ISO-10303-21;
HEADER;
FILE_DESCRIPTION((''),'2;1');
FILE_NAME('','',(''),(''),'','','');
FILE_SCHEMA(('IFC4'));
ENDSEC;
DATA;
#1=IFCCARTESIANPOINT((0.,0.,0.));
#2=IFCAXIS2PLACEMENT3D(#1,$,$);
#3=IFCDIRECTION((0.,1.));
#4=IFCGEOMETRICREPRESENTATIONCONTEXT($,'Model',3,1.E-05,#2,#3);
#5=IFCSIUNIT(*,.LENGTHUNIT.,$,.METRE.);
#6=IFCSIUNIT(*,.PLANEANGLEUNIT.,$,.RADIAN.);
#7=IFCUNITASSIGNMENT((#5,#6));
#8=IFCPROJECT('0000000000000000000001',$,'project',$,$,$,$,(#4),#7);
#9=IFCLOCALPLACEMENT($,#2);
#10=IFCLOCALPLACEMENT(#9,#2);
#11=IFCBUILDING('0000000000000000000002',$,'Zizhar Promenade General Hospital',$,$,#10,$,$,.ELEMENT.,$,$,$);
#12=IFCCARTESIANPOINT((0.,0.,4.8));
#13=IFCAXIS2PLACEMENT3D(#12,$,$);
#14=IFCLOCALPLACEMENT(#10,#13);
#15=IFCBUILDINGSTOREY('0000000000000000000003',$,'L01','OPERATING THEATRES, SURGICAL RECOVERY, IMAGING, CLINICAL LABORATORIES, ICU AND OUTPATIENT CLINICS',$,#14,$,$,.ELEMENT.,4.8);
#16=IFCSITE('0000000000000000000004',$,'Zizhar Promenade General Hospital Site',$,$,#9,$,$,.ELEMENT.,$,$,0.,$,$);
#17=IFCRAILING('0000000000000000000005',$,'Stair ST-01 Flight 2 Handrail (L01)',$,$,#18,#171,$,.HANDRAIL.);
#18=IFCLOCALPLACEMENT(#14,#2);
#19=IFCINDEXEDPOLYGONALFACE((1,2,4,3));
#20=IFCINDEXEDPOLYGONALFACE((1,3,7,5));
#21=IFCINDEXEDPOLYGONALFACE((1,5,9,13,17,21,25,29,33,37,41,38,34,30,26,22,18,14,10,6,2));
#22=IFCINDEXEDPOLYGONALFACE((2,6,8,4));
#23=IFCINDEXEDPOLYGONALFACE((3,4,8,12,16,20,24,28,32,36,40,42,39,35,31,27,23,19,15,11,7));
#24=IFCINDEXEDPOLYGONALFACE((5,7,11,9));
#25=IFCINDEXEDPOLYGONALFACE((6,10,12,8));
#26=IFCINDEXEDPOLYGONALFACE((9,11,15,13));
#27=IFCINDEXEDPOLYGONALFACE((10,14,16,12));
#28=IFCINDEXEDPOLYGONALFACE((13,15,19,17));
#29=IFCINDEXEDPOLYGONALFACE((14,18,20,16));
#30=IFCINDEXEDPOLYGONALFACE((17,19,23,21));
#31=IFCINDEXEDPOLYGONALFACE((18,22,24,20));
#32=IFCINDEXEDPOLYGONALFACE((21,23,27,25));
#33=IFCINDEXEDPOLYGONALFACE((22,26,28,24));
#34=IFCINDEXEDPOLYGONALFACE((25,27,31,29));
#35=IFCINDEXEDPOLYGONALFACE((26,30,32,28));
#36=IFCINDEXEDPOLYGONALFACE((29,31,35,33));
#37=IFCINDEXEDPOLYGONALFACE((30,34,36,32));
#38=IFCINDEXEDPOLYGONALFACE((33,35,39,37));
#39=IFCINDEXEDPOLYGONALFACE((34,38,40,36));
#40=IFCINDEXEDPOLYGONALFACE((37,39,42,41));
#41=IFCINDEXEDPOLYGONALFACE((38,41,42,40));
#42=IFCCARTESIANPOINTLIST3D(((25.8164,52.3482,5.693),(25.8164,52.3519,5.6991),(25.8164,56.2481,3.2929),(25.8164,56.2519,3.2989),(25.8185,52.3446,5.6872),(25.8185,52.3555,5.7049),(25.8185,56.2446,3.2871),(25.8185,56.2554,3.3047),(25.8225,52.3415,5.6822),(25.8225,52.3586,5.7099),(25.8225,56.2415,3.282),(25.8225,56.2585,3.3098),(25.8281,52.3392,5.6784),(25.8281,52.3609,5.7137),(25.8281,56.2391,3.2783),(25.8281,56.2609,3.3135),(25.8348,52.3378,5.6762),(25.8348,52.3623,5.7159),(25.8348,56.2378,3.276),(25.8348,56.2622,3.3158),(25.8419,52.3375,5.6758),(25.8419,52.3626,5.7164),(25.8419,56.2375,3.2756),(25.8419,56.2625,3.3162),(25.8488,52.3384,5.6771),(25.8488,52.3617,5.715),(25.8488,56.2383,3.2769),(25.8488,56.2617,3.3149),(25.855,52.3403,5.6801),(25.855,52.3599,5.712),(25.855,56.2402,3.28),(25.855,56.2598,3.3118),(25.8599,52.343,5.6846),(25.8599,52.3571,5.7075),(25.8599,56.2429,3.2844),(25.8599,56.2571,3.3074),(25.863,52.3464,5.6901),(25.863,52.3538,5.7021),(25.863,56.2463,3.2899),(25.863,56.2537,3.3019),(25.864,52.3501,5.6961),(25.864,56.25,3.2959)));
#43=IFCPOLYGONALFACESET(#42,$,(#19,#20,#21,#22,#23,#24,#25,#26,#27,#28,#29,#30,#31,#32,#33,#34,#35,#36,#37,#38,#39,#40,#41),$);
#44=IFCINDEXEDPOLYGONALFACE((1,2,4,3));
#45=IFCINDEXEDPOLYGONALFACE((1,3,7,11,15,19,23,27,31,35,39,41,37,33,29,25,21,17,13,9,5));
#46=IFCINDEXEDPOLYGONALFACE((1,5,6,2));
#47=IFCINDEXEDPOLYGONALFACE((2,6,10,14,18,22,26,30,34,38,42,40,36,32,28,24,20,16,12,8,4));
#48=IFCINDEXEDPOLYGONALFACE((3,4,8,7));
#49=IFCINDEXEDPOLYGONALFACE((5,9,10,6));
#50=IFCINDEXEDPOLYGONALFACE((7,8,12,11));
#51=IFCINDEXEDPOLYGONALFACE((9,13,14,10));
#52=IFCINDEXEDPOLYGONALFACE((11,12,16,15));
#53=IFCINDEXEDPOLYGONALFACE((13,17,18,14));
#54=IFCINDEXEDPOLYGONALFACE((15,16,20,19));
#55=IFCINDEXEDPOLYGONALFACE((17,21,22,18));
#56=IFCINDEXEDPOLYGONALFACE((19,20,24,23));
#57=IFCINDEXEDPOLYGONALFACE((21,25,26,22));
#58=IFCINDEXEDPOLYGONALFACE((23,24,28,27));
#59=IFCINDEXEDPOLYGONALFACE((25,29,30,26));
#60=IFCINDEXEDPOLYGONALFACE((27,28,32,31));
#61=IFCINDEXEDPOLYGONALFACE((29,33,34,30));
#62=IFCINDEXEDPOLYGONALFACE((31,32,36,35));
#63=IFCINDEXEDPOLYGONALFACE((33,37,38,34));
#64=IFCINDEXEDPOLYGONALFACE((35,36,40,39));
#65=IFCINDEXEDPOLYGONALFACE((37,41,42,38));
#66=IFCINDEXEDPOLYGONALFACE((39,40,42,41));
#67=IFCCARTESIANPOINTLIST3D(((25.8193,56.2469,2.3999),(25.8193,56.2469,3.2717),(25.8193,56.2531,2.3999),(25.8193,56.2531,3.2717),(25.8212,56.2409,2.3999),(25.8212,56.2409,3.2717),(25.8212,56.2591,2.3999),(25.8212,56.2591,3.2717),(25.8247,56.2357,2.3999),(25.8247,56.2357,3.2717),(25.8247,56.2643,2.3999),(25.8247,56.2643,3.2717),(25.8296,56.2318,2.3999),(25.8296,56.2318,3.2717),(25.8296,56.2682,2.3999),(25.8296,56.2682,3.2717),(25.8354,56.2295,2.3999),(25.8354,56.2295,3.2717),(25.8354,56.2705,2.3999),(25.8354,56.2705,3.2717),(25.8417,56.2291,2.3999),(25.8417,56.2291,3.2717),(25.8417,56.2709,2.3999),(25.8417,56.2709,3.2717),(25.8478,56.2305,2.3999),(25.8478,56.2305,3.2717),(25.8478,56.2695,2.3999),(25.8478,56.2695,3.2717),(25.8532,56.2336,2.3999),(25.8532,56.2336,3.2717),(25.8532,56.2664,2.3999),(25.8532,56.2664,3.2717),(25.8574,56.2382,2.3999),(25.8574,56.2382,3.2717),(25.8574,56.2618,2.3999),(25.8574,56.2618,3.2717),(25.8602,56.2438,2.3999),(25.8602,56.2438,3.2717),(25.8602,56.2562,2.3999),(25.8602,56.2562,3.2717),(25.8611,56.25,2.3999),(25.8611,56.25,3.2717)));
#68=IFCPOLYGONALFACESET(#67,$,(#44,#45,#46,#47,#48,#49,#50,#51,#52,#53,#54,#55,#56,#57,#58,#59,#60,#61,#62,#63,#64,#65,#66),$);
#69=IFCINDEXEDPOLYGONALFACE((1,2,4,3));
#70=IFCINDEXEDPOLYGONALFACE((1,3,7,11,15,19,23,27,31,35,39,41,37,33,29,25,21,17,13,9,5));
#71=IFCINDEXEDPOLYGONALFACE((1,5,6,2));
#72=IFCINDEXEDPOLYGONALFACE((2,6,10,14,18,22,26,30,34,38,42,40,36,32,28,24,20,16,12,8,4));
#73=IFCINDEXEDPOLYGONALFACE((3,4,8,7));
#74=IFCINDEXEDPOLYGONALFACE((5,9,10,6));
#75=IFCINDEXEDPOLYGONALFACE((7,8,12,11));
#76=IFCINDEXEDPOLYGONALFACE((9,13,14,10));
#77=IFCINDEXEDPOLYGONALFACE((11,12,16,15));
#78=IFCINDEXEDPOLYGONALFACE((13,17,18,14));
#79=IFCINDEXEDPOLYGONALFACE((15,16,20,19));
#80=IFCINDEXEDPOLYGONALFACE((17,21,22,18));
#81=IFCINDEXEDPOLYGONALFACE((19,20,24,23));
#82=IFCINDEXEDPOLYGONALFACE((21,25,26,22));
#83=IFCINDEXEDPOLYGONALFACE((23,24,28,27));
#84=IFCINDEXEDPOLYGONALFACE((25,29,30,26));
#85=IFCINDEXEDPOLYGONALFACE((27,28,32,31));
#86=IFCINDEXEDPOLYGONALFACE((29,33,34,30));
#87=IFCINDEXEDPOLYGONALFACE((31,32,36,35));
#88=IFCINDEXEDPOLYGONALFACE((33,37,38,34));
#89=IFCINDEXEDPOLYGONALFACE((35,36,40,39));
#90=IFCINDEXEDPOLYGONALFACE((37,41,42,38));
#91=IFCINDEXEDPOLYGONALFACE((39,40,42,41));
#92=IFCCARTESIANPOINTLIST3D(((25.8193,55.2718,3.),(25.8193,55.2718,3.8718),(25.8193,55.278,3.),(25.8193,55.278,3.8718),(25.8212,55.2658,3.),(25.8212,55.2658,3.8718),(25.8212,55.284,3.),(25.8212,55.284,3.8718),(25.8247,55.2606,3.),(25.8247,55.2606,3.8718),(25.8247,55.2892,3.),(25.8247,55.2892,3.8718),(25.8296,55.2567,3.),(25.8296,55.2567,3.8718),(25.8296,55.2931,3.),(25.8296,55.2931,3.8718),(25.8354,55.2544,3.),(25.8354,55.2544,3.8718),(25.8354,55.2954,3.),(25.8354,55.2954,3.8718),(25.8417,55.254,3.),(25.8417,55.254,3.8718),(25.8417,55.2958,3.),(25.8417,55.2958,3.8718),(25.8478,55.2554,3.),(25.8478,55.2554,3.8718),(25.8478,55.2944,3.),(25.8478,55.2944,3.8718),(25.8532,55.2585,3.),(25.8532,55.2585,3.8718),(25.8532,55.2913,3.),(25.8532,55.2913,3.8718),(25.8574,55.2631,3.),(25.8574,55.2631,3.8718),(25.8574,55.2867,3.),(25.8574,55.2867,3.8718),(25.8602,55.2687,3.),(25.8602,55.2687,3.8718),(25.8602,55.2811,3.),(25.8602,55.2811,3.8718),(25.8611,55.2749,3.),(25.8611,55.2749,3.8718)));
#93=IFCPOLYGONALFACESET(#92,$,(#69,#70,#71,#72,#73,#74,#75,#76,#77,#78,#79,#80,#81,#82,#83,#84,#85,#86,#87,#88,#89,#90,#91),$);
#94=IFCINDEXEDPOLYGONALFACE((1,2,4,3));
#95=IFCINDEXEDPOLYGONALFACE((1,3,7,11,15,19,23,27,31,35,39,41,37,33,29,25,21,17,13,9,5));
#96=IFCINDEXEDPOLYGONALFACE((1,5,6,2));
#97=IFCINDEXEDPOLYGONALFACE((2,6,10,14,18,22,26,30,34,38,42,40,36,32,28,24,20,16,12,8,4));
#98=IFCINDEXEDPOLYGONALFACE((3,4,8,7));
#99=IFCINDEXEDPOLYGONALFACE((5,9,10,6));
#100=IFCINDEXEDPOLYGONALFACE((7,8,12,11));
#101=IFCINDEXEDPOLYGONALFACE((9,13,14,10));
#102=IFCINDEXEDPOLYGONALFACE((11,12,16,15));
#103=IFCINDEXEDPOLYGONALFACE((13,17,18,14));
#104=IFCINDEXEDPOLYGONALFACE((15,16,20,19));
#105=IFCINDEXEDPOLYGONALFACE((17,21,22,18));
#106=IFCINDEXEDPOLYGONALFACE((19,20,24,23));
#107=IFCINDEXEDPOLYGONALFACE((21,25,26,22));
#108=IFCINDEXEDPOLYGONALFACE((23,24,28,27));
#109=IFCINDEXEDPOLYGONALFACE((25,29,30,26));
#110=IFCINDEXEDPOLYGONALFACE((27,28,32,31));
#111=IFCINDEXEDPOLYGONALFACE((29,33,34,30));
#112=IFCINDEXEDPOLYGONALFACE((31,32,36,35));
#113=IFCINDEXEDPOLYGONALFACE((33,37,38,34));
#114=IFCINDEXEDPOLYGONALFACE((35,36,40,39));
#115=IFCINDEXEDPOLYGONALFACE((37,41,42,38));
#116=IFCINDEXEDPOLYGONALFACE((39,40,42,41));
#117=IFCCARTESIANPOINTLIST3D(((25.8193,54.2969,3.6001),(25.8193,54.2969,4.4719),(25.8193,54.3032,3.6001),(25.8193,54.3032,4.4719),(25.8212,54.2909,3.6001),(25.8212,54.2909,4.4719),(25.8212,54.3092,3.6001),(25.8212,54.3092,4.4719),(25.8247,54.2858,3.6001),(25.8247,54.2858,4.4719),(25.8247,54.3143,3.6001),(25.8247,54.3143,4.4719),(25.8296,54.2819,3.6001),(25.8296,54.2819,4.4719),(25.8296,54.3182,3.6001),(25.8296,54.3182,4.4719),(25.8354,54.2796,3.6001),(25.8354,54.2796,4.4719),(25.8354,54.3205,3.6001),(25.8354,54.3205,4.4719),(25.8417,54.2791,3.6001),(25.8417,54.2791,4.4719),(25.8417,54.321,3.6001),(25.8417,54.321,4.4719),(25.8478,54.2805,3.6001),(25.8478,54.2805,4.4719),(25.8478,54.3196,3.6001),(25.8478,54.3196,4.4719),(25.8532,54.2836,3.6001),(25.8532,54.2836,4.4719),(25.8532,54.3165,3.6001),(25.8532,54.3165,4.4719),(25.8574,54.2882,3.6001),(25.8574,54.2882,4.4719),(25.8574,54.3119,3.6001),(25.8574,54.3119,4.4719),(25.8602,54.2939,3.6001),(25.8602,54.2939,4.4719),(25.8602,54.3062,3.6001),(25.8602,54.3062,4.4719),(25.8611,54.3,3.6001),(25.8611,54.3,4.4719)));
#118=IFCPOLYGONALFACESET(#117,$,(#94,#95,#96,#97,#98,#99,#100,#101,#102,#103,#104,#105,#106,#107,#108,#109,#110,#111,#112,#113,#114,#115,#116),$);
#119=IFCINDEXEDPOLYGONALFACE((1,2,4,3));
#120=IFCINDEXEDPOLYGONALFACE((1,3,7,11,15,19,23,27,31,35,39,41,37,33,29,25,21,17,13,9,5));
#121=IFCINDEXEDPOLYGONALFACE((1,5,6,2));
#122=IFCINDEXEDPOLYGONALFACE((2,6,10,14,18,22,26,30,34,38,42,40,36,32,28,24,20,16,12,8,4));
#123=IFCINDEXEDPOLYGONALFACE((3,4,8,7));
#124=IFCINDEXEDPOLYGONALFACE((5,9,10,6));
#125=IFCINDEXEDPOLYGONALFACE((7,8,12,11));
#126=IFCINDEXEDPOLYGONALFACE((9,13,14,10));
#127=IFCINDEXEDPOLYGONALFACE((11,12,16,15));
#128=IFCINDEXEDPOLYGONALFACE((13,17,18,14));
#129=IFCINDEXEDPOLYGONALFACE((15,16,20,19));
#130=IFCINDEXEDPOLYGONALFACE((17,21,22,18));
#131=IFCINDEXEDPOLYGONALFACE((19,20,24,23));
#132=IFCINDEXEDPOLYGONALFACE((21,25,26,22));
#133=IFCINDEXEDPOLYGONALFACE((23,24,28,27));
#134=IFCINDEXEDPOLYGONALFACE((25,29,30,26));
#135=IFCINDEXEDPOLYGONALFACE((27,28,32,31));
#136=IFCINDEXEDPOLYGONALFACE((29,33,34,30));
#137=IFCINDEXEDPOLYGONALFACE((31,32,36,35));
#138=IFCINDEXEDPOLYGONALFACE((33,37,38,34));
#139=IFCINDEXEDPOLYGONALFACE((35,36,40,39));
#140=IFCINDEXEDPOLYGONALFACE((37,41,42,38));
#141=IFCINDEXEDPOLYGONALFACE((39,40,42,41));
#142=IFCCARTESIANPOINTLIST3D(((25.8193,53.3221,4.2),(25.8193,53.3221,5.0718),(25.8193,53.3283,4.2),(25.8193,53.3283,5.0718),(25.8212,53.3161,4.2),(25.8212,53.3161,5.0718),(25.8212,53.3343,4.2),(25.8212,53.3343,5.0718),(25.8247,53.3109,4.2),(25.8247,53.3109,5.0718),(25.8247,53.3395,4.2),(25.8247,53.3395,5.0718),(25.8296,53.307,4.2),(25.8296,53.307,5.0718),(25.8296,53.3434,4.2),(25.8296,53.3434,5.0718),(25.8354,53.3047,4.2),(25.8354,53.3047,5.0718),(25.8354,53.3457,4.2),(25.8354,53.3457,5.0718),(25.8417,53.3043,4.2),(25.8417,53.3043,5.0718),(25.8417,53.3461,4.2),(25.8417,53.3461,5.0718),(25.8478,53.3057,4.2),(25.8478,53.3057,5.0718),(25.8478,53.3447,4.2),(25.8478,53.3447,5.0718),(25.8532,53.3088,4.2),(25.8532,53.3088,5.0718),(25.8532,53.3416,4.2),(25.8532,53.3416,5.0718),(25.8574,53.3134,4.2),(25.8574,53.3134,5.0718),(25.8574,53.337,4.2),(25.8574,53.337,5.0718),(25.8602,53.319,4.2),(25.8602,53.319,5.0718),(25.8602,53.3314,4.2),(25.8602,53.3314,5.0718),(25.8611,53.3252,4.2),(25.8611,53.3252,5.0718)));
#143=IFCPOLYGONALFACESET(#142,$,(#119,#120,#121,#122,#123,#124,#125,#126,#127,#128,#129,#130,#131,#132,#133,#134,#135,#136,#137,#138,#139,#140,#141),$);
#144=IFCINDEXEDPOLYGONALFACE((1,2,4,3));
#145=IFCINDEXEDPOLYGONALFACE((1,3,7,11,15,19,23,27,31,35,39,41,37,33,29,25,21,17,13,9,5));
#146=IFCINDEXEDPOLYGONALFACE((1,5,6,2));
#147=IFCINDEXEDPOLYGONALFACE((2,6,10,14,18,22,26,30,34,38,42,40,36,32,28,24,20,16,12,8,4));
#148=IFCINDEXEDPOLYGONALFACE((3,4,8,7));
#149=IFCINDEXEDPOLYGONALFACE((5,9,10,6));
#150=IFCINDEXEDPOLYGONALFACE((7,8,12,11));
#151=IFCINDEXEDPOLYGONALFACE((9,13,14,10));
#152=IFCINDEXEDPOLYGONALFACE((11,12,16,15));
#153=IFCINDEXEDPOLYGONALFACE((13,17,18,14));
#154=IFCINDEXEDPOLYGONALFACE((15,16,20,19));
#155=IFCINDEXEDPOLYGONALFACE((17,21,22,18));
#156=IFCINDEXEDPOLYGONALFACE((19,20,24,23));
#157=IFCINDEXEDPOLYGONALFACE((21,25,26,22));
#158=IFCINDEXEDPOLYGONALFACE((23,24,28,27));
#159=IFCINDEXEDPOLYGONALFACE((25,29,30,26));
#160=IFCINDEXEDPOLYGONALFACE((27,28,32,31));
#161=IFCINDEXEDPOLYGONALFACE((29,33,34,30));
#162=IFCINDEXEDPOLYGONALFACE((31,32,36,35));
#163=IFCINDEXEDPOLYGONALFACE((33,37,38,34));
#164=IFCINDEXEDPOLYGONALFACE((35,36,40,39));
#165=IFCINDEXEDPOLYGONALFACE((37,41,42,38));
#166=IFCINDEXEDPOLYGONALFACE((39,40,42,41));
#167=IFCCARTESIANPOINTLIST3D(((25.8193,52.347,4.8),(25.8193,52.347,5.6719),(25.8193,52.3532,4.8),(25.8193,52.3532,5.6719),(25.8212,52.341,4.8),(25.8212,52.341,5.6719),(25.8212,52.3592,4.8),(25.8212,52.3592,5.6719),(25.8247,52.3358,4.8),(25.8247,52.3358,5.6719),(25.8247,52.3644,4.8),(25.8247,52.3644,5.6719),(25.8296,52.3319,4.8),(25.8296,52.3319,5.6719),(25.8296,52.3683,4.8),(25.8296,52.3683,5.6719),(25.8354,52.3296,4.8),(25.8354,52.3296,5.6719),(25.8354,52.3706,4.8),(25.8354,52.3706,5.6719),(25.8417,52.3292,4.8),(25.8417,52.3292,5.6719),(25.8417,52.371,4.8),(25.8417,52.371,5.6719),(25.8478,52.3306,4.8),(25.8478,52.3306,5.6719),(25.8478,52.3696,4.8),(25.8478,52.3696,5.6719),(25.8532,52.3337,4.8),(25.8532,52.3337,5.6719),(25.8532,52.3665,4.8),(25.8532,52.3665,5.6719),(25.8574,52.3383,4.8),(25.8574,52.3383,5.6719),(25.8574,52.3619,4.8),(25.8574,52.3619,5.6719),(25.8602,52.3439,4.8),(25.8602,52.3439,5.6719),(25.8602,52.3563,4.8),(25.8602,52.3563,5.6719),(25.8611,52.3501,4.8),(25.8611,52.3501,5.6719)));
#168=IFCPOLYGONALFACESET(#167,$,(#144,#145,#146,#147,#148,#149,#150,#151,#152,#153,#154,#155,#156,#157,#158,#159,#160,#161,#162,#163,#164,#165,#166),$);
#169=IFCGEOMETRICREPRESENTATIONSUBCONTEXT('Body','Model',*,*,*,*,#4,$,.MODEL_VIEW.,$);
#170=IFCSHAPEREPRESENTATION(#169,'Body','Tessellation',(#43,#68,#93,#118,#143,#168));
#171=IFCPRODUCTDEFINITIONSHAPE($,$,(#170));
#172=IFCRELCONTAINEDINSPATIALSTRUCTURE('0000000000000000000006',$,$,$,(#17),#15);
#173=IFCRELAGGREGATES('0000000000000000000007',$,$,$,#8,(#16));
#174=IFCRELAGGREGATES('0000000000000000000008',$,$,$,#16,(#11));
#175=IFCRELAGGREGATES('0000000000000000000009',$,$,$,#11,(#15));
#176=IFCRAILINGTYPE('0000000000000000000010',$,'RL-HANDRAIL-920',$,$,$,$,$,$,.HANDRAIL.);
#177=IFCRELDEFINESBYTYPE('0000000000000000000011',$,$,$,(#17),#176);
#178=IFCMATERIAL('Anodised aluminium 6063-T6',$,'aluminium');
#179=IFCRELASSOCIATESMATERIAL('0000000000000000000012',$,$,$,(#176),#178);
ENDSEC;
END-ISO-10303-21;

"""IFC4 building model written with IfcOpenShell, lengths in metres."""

from ifc_helpers import new_model, si_unit, direction, frame, origin, origin_2d, place, context, subcontext, project, spatial, circle, hollow_circle, extrude, material, material_profile, profile_set, type_object, element, save


model = new_model("IFC4")

# Units and contexts
model_context = context("Model", 3, precision=1e-05, world=origin(), true_north=direction((0.0, 1.0)))
body_context = subcontext(model_context, "Body", "Model", "MODEL_VIEW")
ifc_project = project(units=[si_unit("LENGTHUNIT", "METRE"), si_unit("PLANEANGLEUNIT", "RADIAN")], contexts=[model_context])

# Site, building, storey
site_placement = place(None, origin())
site = spatial("IfcSite", under=ifc_project, at=site_placement, Name="Zizhar Promenade General Hospital Site", CompositionType="ELEMENT", RefElevation=0.0)
building_placement = place(site_placement, origin())
building = spatial("IfcBuilding", under=site, at=building_placement, Name="Zizhar Promenade General Hospital", CompositionType="ELEMENT")
storey_placement = place(building_placement, frame((0.0, 0.0, 4.8)))
storey = spatial("IfcBuildingStorey", under=building, at=storey_placement, Name="L01", Description="OPERATING THEATRES, SURGICAL RECOVERY, IMAGING, CLINICAL LABORATORIES, ICU AND OUTPATIENT CLINICS", CompositionType="ELEMENT", Elevation=4.8)

# Railing
ifc_material_1 = material(Name="Anodised aluminium 6063-T6", Category="aluminium")
ifc_material_profile_1 = material_profile(ifc_material_1, hollow_circle(Radius=0.0698, WallThickness=0.0063, at=origin_2d()))
ifc_profile_set_1 = profile_set([ifc_material_profile_1], Name="Anodised aluminium 6063-T6")
railing_type_1 = type_object("IfcRailingType", Name="RL-HANDRAIL-920", PredefinedType="HANDRAIL", material=ifc_profile_set_1)
railing_1_placement = place(storey_placement, frame((25.8401, 56.25, 2.3999)))
element("IfcRailing", 1, at=railing_1_placement, inside=storey, type_object=railing_type_1, Name="Stair ST-01 Flight 2 Handrail (L01)", PredefinedType="HANDRAIL", context=body_context, shape_type="SweptSolid", body=[
    extrude(circle(Radius=0.0239, at=origin_2d()), frame((0.0, 0.0, 0.896), z_axis=(0.0, -0.851638, 0.52413), x_axis=(1.0, 0.0, 0.0)), (0.0, 0.0, 1.0), 4.5793),
    extrude(circle(Radius=0.021, at=origin_2d()), origin(), (0.0, 0.0, 1.0), 0.8718),
    extrude(circle(Radius=0.021, at=origin_2d()), frame((0.0, -0.9751, 0.6001)), (0.0, 0.0, 1.0), 0.8718),
    extrude(circle(Radius=0.021, at=origin_2d()), frame((0.0, -1.95, 1.2002)), (0.0, 0.0, 1.0), 0.8718),
    extrude(circle(Radius=0.021, at=origin_2d()), frame((0.0, -2.9248, 1.8)), (0.0, 0.0, 1.0), 0.8718),
    extrude(circle(Radius=0.021, at=origin_2d()), frame((0.0, -3.8999, 2.4001)), (0.0, 0.0, 1.0), 0.8718),
])

save(model, "model.ifc")
